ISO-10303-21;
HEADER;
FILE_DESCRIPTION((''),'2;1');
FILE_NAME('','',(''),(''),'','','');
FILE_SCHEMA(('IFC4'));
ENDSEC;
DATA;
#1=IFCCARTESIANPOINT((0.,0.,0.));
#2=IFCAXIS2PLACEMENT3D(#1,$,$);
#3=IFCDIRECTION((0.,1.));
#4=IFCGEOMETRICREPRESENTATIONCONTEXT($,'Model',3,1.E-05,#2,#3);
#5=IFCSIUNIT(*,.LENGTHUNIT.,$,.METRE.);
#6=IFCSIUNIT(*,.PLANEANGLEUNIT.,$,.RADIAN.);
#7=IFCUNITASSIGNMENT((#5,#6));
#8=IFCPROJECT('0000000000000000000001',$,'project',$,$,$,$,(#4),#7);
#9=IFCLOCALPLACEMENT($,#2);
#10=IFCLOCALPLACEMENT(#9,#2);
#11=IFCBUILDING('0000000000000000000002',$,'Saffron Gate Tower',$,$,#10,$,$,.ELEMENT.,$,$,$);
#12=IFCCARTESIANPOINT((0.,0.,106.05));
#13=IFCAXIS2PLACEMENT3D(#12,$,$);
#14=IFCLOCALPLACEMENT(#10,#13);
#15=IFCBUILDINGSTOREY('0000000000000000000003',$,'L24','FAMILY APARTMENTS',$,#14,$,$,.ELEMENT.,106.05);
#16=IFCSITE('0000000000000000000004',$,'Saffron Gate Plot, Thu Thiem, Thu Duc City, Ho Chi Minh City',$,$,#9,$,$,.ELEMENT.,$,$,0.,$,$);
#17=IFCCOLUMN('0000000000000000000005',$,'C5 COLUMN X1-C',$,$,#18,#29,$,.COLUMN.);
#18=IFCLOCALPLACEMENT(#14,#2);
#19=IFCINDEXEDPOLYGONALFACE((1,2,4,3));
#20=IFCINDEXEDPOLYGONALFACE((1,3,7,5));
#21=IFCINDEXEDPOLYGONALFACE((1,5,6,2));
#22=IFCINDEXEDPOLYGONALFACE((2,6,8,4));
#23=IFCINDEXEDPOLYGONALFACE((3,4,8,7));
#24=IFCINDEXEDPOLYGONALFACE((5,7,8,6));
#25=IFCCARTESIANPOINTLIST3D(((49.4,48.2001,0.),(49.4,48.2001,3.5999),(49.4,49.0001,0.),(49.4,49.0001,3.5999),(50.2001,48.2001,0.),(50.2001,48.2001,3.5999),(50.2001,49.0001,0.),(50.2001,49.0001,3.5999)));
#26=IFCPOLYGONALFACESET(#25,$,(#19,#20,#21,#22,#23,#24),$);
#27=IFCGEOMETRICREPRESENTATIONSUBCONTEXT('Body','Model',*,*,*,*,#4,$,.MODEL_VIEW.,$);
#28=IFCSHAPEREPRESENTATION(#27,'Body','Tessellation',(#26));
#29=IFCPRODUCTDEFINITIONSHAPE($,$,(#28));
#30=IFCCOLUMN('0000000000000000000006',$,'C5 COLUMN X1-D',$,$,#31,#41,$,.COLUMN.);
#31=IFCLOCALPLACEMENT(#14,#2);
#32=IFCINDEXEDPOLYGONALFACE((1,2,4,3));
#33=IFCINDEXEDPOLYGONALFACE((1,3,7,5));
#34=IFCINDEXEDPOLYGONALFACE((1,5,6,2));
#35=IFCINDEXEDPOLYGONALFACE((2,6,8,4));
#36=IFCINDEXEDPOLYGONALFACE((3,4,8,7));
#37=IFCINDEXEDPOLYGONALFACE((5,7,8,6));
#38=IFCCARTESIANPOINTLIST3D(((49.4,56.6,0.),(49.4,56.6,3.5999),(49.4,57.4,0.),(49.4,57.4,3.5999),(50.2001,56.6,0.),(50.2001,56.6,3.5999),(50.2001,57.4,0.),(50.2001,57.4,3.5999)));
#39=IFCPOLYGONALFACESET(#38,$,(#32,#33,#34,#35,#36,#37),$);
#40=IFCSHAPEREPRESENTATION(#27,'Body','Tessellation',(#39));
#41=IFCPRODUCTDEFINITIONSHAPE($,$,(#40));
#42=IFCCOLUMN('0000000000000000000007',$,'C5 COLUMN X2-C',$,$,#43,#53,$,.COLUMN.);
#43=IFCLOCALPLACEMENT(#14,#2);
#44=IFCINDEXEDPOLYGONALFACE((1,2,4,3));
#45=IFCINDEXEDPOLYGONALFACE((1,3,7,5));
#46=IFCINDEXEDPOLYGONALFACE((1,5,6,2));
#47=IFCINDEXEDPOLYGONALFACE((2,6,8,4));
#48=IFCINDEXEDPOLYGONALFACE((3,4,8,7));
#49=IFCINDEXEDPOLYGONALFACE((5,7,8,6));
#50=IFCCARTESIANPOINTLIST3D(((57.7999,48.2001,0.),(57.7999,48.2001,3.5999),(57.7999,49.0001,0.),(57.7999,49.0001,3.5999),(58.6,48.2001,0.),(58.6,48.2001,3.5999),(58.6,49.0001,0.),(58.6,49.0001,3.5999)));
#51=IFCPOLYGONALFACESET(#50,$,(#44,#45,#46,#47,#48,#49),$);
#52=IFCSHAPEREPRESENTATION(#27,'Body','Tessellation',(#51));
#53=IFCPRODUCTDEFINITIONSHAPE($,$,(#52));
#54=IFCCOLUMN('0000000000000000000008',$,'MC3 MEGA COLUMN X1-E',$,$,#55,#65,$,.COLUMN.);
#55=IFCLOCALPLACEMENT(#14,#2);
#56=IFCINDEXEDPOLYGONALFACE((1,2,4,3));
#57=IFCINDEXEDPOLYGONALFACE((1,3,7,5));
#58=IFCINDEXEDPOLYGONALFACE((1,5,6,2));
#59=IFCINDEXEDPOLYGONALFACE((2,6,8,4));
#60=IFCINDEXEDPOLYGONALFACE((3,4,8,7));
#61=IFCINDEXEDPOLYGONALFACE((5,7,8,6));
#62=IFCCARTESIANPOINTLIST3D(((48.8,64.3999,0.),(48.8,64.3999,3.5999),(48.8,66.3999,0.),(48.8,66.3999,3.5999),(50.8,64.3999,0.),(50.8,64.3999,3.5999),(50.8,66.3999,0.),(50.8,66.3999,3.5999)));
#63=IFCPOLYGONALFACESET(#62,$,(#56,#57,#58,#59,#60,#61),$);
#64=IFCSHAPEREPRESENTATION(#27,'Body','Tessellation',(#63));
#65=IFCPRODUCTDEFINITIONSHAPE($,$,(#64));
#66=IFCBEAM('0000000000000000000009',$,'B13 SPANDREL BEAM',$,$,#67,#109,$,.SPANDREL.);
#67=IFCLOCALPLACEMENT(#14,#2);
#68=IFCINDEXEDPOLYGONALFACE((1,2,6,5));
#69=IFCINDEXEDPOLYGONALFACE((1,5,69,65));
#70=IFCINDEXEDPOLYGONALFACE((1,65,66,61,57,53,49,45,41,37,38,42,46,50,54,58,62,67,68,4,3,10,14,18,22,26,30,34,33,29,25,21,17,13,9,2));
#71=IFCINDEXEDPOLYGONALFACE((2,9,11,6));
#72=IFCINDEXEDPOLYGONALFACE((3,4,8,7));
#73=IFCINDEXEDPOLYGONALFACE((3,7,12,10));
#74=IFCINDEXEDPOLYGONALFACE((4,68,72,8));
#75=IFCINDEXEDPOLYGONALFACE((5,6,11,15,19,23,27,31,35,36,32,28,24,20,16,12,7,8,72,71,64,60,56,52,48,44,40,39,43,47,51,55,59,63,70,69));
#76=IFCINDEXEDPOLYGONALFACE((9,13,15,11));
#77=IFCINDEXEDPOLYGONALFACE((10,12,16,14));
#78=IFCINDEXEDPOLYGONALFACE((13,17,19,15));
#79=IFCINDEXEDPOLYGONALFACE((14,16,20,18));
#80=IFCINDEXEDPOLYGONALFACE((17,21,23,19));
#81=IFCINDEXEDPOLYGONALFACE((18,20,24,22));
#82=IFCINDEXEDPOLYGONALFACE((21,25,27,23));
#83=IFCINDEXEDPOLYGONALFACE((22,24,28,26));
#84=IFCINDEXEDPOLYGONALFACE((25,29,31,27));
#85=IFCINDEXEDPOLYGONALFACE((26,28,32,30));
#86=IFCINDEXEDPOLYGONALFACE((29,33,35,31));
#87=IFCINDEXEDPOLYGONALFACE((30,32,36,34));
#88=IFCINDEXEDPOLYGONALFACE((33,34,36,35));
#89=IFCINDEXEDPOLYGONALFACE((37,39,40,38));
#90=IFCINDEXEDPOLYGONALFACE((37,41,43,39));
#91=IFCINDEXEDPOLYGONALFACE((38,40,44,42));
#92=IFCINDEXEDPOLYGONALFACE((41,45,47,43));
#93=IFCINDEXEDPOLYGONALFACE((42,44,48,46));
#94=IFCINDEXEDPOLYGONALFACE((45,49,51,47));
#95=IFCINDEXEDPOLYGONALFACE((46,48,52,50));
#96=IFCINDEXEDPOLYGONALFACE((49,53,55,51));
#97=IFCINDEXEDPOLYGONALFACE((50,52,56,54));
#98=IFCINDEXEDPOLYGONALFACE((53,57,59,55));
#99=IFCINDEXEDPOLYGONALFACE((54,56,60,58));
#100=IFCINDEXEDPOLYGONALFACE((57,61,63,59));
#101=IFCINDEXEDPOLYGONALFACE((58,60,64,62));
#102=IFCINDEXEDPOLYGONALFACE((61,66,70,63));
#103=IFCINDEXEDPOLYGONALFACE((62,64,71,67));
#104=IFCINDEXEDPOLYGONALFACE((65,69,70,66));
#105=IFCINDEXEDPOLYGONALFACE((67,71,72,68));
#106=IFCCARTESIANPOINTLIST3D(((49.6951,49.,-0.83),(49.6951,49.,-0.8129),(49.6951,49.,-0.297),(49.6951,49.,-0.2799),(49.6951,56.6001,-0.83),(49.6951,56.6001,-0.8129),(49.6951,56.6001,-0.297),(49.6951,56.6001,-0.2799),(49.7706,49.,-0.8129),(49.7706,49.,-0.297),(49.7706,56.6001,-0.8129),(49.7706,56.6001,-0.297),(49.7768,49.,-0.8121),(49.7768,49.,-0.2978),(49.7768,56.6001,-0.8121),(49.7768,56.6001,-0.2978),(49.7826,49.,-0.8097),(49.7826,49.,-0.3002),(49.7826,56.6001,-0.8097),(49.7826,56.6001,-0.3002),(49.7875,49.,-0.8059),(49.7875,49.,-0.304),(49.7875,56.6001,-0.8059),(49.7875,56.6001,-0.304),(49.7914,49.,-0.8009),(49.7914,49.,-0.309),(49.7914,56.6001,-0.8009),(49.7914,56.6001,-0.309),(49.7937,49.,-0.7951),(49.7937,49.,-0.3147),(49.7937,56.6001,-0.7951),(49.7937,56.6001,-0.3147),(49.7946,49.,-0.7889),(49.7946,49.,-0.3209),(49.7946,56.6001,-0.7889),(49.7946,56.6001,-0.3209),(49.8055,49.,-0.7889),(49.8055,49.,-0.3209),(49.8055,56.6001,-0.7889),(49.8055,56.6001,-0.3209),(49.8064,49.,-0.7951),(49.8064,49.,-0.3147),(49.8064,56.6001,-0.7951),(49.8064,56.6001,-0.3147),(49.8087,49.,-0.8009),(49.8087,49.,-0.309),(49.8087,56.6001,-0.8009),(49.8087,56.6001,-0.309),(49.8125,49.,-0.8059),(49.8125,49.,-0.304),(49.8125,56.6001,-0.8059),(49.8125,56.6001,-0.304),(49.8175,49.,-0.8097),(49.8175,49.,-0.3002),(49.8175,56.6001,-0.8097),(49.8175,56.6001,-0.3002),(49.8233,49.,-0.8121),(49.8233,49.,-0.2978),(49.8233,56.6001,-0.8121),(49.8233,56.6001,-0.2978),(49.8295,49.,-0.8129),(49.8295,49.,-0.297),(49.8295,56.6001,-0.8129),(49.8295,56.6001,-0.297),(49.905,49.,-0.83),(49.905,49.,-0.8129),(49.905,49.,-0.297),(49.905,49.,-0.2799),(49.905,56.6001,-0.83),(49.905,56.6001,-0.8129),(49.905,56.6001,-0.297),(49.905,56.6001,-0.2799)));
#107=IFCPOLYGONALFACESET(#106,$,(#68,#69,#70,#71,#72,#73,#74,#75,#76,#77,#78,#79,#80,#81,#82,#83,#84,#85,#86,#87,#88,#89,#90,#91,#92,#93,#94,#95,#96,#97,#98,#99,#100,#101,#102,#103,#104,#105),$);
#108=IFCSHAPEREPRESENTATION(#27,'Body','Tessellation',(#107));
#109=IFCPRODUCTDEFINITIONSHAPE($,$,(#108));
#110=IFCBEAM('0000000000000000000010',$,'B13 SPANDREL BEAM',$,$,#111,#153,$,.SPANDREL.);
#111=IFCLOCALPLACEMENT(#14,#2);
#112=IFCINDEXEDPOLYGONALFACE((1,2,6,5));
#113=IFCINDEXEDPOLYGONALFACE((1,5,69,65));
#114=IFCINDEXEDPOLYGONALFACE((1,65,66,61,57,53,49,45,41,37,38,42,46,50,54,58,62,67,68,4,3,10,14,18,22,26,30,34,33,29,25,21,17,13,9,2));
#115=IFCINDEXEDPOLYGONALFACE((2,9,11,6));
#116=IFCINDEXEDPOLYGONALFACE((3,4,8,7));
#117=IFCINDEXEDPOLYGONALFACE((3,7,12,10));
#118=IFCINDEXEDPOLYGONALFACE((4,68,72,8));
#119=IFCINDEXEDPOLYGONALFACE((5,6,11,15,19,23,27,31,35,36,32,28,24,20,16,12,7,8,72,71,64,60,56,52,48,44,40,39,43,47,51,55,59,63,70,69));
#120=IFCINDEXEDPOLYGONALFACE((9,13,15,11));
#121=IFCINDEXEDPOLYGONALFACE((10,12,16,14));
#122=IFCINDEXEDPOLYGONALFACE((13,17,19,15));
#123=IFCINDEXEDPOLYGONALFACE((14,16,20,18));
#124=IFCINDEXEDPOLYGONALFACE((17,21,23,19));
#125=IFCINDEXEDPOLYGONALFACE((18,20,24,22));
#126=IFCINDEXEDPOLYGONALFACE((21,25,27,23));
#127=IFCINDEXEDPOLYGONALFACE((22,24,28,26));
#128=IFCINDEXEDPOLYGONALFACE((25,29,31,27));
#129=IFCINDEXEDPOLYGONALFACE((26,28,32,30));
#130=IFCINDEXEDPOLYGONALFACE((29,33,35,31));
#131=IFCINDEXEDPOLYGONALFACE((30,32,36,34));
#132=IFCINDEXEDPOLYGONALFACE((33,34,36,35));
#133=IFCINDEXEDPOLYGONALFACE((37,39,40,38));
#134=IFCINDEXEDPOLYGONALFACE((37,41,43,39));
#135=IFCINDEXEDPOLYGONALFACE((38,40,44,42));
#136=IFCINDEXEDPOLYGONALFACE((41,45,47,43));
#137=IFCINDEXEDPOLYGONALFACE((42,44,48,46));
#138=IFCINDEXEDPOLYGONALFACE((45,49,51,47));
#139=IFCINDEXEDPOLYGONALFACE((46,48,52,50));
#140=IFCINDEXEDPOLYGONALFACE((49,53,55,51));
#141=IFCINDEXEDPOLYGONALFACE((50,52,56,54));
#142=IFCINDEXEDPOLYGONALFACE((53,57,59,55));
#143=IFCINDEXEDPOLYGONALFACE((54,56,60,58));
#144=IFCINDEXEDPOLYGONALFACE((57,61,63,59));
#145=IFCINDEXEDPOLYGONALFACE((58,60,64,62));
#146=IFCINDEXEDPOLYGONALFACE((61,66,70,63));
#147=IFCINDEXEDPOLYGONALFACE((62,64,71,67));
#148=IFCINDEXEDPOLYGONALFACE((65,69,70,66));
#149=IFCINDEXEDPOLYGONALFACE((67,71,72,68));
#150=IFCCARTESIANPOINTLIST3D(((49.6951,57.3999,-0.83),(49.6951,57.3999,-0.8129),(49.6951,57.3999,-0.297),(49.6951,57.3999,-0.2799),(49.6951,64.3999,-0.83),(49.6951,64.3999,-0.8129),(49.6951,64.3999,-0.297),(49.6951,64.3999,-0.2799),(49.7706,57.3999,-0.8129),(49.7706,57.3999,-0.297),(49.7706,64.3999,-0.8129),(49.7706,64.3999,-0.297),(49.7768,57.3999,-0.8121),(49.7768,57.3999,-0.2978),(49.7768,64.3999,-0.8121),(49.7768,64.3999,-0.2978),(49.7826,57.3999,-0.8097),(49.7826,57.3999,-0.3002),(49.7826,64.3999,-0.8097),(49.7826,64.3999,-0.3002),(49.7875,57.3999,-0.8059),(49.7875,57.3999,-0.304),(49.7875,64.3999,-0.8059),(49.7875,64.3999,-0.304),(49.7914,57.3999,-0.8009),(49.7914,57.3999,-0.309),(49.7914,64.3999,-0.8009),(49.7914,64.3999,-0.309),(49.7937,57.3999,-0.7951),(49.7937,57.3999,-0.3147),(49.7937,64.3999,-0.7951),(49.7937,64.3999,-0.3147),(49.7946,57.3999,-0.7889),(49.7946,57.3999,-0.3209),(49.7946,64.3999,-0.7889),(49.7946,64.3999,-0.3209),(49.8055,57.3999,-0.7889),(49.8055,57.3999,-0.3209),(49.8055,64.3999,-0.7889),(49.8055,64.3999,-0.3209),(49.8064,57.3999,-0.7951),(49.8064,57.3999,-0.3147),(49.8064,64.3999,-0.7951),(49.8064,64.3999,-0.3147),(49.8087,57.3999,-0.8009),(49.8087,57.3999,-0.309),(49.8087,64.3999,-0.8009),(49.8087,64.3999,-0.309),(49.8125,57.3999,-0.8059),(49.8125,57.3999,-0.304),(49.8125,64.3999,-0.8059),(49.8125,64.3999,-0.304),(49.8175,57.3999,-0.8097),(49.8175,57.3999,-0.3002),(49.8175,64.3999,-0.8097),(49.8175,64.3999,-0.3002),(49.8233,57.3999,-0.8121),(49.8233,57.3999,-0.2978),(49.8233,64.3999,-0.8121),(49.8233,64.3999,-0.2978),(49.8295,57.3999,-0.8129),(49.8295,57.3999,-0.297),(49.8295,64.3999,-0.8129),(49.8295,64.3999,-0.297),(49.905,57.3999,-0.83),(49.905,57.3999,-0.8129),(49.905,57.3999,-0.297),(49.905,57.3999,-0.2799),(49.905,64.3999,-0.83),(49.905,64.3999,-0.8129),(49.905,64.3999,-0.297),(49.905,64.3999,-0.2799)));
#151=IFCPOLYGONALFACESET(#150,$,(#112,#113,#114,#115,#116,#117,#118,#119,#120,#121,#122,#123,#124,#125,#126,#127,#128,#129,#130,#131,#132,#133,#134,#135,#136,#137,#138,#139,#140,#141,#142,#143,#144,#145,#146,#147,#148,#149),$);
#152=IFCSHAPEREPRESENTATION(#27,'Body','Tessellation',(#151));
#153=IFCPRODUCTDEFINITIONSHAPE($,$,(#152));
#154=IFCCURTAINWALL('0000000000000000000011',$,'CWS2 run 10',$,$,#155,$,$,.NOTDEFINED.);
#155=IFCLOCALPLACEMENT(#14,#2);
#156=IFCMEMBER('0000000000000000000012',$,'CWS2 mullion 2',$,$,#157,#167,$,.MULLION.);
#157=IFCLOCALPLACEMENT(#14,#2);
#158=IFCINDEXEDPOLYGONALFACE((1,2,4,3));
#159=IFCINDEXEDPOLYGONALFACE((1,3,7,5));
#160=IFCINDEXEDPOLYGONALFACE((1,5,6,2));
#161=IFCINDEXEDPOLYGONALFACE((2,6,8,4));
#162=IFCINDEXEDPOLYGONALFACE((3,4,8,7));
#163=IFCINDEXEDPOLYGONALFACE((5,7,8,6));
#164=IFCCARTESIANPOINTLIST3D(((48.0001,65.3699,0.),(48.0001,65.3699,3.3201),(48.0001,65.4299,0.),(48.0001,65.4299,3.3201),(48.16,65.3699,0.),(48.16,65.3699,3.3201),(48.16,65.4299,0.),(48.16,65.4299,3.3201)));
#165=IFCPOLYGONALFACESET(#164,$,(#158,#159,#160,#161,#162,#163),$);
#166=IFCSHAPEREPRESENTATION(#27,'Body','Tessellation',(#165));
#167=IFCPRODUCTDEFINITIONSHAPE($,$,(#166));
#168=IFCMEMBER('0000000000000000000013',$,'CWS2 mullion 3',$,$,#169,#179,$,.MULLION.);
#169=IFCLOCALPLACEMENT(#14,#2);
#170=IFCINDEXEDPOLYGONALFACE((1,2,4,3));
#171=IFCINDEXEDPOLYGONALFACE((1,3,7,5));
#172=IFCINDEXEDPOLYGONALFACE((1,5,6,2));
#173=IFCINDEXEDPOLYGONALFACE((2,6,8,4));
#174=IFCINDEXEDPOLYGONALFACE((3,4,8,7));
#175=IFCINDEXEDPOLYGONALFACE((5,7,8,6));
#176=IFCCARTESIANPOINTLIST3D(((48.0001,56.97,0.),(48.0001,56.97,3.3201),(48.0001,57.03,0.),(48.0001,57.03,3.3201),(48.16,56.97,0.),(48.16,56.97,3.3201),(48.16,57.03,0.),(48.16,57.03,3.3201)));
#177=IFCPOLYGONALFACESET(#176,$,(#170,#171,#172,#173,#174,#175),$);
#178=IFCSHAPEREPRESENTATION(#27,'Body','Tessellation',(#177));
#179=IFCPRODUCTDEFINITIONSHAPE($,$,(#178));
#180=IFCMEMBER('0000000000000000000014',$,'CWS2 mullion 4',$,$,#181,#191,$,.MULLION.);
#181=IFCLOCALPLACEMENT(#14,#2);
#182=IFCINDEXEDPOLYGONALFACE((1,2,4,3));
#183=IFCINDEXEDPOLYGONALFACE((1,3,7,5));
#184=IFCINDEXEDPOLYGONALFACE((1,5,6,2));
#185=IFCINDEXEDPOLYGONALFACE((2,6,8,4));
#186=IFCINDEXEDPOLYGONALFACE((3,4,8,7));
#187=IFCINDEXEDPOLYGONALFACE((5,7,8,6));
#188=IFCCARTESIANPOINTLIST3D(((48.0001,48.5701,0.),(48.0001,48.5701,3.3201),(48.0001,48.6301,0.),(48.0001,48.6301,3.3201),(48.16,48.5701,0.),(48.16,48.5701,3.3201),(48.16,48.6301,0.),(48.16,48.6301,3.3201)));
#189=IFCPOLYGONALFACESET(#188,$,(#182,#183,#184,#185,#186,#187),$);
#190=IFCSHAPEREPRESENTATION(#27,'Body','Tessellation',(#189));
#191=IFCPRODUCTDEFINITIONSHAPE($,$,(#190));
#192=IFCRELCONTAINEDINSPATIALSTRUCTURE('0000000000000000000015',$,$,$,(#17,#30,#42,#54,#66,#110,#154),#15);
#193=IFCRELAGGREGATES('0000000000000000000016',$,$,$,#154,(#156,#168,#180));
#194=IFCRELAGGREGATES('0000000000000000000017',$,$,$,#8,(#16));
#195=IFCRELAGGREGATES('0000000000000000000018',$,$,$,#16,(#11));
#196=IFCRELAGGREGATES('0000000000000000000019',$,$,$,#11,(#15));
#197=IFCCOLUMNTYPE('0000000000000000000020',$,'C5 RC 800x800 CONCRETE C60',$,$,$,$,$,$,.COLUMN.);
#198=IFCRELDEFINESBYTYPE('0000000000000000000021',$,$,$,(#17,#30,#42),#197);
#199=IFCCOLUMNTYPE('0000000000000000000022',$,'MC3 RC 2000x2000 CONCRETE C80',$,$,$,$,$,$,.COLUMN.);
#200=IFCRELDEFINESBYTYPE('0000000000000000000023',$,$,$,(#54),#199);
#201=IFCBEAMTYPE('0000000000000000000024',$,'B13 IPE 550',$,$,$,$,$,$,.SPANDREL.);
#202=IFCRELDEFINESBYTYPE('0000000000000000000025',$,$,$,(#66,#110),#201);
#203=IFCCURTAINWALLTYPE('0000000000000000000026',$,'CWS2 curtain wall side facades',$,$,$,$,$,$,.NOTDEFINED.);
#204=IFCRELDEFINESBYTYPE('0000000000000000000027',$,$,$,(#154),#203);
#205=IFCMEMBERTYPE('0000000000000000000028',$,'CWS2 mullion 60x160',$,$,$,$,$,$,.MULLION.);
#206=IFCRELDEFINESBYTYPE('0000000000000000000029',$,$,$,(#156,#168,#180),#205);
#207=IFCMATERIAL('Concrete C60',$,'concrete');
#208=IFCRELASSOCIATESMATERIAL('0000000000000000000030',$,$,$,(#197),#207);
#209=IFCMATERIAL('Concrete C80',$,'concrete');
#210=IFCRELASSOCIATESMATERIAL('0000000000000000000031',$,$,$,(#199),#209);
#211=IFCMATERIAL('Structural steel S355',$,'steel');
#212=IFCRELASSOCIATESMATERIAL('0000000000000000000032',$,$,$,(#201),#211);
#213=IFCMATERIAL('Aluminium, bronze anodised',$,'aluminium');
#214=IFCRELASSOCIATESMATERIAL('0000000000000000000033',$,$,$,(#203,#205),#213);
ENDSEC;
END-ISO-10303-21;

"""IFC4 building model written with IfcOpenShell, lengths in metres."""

from ifc_helpers import new_model, si_unit, direction, frame, origin, origin_2d, place, context, subcontext, project, spatial, rectangle, i_section, extrude, material, material_profile, profile_set, type_object, element, aggregate, save


model = new_model("IFC4")

# Units and contexts
model_context = context("Model", 3, precision=1e-05, world=origin(), true_north=direction((0.0, 1.0)))
body_context = subcontext(model_context, "Body", "Model", "MODEL_VIEW")
ifc_project = project(units=[si_unit("LENGTHUNIT", "METRE"), si_unit("PLANEANGLEUNIT", "RADIAN")], contexts=[model_context])

# Site, building, storey
site_placement = place(None, origin())
site = spatial("IfcSite", under=ifc_project, at=site_placement, Name="Saffron Gate Plot, Thu Thiem, Thu Duc City, Ho Chi Minh City", CompositionType="ELEMENT", RefElevation=0.0)
building_placement = place(site_placement, origin())
building = spatial("IfcBuilding", under=site, at=building_placement, Name="Saffron Gate Tower", CompositionType="ELEMENT")
storey_placement = place(building_placement, frame((0.0, 0.0, 106.05)))
storey = spatial("IfcBuildingStorey", under=building, at=storey_placement, Name="L24", Description="FAMILY APARTMENTS", CompositionType="ELEMENT", Elevation=106.05)

# Columns
ifc_material_1 = material(Name="Concrete C60", Category="concrete")
ifc_material_profile_1 = material_profile(ifc_material_1, rectangle(XDim=0.8, YDim=0.8, at=origin_2d()))
ifc_profile_set_1 = profile_set([ifc_material_profile_1], Name="Concrete C60")
column_type_1 = type_object("IfcColumnType", Name="C5 RC 800x800 CONCRETE C60", PredefinedType="COLUMN", material=ifc_profile_set_1)
for number, where, z_axis, x_axis, name in (
    (1, (49.8, 48.6001, 0.0), (0.0, 0.0, 1.0), (1.0, 0.0, 0.0), "C5 COLUMN X1-C"),
    (2, (49.8, 57.0, 0.0), (0.0, 0.0, 1.0), (1.0, 0.0, 0.0), "C5 COLUMN X1-D"),
    (3, (58.2, 48.6001, 0.0), (0.0, 0.0, 1.0), (1.0, 0.0, 0.0), "C5 COLUMN X2-C"),
):
    element("IfcColumn", number, at=place(storey_placement, frame(where, z_axis=z_axis, x_axis=x_axis)), inside=storey, type_object=column_type_1, Name=name, PredefinedType="COLUMN", context=body_context, shape_type="SweptSolid", body=[
        extrude(rectangle(XDim=0.8, YDim=0.8, at=origin_2d()), origin(), (0.0, 0.0, 1.0), 3.5999),
    ])
ifc_material_2 = material(Name="Concrete C80", Category="concrete")
ifc_material_profile_2 = material_profile(ifc_material_2, rectangle(XDim=2.0, YDim=2.0, at=origin_2d()))
ifc_profile_set_2 = profile_set([ifc_material_profile_2], Name="Concrete C80")
column_type_2 = type_object("IfcColumnType", Name="MC3 RC 2000x2000 CONCRETE C80", PredefinedType="COLUMN", material=ifc_profile_set_2)
column_placement = place(storey_placement, frame((49.8, 65.3999, 0.0), z_axis=(0.0, 0.0, 1.0), x_axis=(1.0, 0.0, 0.0)))
element("IfcColumn", 4, at=column_placement, inside=storey, type_object=column_type_2, Name="MC3 MEGA COLUMN X1-E", PredefinedType="COLUMN", context=body_context, shape_type="SweptSolid", body=[
    extrude(rectangle(XDim=2.0, YDim=2.0, at=origin_2d()), origin(), (0.0, 0.0, 1.0), 3.5999),
])

# Beams
ifc_material_3 = material(Name="Structural steel S355", Category="steel")
ifc_material_profile_3 = material_profile(ifc_material_3, i_section(OverallWidth=0.21, OverallDepth=0.55, WebThickness=0.011, FlangeThickness=0.0171, FilletRadius=0.0239, at=origin_2d()))
ifc_profile_set_3 = profile_set([ifc_material_profile_3], Name="Structural steel S355")
beam_type = type_object("IfcBeamType", Name="B13 IPE 550", PredefinedType="SPANDREL", material=ifc_profile_set_3)
beam_1_placement = place(storey_placement, frame((49.8, 49.0, -0.5549), z_axis=(0.0, 1.0, 0.0), x_axis=(-1.0, 0.0, 0.0)))
element("IfcBeam", 5, at=beam_1_placement, inside=storey, type_object=beam_type, Name="B13 SPANDREL BEAM", PredefinedType="SPANDREL", context=body_context, shape_type="SweptSolid", body=[
    extrude(i_section(OverallWidth=0.21, OverallDepth=0.55, WebThickness=0.011, FlangeThickness=0.0171, FilletRadius=0.0239, at=origin_2d()), origin(), (0.0, 0.0, 1.0), 7.6001),
])
beam_2_placement = place(storey_placement, frame((49.8, 57.3999, -0.5549), z_axis=(0.0, 1.0, 0.0), x_axis=(-1.0, 0.0, 0.0)))
element("IfcBeam", 6, at=beam_2_placement, inside=storey, type_object=beam_type, Name="B13 SPANDREL BEAM", PredefinedType="SPANDREL", context=body_context, shape_type="SweptSolid", body=[
    extrude(i_section(OverallWidth=0.21, OverallDepth=0.55, WebThickness=0.011, FlangeThickness=0.0171, FilletRadius=0.0239, at=origin_2d()), origin(), (0.0, 0.0, 1.0), 7.0),
])

# Curtain wall, members
ifc_material_4 = material(Name="Aluminium, bronze anodised", Category="aluminium")
curtain_wall_type = type_object("IfcCurtainWallType", Name="CWS2 curtain wall side facades", PredefinedType="NOTDEFINED", material=ifc_material_4)
curtain_wall_placement = place(storey_placement, origin())
curtain_wall = element("IfcCurtainWall", 7, at=curtain_wall_placement, inside=storey, type_object=curtain_wall_type, Name="CWS2 run 10", PredefinedType="NOTDEFINED")
ifc_material_profile_4 = material_profile(ifc_material_4, rectangle(XDim=0.1599, YDim=0.0601, at=origin_2d()))
ifc_profile_set_4 = profile_set([ifc_material_profile_4], Name="Aluminium, bronze anodised")
member_type = type_object("IfcMemberType", Name="CWS2 mullion 60x160", PredefinedType="MULLION", material=ifc_profile_set_4)
member_1_placement = place(storey_placement, frame((48.0801, 65.3999, 0.0), z_axis=(0.0, 0.0, 1.0), x_axis=(1.0, 0.0, 0.0)))
member_1 = element("IfcMember", 8, at=member_1_placement, type_object=member_type, Name="CWS2 mullion 2", PredefinedType="MULLION", context=body_context, shape_type="SweptSolid", body=[
    extrude(rectangle(XDim=0.1599, YDim=0.0601, at=origin_2d()), origin(), (0.0, 0.0, 1.0), 3.3201),
])
member_2_placement = place(storey_placement, frame((48.0801, 57.0, 0.0), z_axis=(0.0, 0.0, 1.0), x_axis=(1.0, 0.0, 0.0)))
member_2 = element("IfcMember", 9, at=member_2_placement, type_object=member_type, Name="CWS2 mullion 3", PredefinedType="MULLION", context=body_context, shape_type="SweptSolid", body=[
    extrude(rectangle(XDim=0.1599, YDim=0.0601, at=origin_2d()), origin(), (0.0, 0.0, 1.0), 3.3201),
])
member_3_placement = place(storey_placement, frame((48.0801, 48.6001, 0.0), z_axis=(0.0, 0.0, 1.0), x_axis=(1.0, 0.0, 0.0)))
member_3 = element("IfcMember", 10, at=member_3_placement, type_object=member_type, Name="CWS2 mullion 4", PredefinedType="MULLION", context=body_context, shape_type="SweptSolid", body=[
    extrude(rectangle(XDim=0.1599, YDim=0.0601, at=origin_2d()), origin(), (0.0, 0.0, 1.0), 3.3201),
])
aggregate(curtain_wall, [member_1, member_2, member_3])

save(model, "model.ifc")
